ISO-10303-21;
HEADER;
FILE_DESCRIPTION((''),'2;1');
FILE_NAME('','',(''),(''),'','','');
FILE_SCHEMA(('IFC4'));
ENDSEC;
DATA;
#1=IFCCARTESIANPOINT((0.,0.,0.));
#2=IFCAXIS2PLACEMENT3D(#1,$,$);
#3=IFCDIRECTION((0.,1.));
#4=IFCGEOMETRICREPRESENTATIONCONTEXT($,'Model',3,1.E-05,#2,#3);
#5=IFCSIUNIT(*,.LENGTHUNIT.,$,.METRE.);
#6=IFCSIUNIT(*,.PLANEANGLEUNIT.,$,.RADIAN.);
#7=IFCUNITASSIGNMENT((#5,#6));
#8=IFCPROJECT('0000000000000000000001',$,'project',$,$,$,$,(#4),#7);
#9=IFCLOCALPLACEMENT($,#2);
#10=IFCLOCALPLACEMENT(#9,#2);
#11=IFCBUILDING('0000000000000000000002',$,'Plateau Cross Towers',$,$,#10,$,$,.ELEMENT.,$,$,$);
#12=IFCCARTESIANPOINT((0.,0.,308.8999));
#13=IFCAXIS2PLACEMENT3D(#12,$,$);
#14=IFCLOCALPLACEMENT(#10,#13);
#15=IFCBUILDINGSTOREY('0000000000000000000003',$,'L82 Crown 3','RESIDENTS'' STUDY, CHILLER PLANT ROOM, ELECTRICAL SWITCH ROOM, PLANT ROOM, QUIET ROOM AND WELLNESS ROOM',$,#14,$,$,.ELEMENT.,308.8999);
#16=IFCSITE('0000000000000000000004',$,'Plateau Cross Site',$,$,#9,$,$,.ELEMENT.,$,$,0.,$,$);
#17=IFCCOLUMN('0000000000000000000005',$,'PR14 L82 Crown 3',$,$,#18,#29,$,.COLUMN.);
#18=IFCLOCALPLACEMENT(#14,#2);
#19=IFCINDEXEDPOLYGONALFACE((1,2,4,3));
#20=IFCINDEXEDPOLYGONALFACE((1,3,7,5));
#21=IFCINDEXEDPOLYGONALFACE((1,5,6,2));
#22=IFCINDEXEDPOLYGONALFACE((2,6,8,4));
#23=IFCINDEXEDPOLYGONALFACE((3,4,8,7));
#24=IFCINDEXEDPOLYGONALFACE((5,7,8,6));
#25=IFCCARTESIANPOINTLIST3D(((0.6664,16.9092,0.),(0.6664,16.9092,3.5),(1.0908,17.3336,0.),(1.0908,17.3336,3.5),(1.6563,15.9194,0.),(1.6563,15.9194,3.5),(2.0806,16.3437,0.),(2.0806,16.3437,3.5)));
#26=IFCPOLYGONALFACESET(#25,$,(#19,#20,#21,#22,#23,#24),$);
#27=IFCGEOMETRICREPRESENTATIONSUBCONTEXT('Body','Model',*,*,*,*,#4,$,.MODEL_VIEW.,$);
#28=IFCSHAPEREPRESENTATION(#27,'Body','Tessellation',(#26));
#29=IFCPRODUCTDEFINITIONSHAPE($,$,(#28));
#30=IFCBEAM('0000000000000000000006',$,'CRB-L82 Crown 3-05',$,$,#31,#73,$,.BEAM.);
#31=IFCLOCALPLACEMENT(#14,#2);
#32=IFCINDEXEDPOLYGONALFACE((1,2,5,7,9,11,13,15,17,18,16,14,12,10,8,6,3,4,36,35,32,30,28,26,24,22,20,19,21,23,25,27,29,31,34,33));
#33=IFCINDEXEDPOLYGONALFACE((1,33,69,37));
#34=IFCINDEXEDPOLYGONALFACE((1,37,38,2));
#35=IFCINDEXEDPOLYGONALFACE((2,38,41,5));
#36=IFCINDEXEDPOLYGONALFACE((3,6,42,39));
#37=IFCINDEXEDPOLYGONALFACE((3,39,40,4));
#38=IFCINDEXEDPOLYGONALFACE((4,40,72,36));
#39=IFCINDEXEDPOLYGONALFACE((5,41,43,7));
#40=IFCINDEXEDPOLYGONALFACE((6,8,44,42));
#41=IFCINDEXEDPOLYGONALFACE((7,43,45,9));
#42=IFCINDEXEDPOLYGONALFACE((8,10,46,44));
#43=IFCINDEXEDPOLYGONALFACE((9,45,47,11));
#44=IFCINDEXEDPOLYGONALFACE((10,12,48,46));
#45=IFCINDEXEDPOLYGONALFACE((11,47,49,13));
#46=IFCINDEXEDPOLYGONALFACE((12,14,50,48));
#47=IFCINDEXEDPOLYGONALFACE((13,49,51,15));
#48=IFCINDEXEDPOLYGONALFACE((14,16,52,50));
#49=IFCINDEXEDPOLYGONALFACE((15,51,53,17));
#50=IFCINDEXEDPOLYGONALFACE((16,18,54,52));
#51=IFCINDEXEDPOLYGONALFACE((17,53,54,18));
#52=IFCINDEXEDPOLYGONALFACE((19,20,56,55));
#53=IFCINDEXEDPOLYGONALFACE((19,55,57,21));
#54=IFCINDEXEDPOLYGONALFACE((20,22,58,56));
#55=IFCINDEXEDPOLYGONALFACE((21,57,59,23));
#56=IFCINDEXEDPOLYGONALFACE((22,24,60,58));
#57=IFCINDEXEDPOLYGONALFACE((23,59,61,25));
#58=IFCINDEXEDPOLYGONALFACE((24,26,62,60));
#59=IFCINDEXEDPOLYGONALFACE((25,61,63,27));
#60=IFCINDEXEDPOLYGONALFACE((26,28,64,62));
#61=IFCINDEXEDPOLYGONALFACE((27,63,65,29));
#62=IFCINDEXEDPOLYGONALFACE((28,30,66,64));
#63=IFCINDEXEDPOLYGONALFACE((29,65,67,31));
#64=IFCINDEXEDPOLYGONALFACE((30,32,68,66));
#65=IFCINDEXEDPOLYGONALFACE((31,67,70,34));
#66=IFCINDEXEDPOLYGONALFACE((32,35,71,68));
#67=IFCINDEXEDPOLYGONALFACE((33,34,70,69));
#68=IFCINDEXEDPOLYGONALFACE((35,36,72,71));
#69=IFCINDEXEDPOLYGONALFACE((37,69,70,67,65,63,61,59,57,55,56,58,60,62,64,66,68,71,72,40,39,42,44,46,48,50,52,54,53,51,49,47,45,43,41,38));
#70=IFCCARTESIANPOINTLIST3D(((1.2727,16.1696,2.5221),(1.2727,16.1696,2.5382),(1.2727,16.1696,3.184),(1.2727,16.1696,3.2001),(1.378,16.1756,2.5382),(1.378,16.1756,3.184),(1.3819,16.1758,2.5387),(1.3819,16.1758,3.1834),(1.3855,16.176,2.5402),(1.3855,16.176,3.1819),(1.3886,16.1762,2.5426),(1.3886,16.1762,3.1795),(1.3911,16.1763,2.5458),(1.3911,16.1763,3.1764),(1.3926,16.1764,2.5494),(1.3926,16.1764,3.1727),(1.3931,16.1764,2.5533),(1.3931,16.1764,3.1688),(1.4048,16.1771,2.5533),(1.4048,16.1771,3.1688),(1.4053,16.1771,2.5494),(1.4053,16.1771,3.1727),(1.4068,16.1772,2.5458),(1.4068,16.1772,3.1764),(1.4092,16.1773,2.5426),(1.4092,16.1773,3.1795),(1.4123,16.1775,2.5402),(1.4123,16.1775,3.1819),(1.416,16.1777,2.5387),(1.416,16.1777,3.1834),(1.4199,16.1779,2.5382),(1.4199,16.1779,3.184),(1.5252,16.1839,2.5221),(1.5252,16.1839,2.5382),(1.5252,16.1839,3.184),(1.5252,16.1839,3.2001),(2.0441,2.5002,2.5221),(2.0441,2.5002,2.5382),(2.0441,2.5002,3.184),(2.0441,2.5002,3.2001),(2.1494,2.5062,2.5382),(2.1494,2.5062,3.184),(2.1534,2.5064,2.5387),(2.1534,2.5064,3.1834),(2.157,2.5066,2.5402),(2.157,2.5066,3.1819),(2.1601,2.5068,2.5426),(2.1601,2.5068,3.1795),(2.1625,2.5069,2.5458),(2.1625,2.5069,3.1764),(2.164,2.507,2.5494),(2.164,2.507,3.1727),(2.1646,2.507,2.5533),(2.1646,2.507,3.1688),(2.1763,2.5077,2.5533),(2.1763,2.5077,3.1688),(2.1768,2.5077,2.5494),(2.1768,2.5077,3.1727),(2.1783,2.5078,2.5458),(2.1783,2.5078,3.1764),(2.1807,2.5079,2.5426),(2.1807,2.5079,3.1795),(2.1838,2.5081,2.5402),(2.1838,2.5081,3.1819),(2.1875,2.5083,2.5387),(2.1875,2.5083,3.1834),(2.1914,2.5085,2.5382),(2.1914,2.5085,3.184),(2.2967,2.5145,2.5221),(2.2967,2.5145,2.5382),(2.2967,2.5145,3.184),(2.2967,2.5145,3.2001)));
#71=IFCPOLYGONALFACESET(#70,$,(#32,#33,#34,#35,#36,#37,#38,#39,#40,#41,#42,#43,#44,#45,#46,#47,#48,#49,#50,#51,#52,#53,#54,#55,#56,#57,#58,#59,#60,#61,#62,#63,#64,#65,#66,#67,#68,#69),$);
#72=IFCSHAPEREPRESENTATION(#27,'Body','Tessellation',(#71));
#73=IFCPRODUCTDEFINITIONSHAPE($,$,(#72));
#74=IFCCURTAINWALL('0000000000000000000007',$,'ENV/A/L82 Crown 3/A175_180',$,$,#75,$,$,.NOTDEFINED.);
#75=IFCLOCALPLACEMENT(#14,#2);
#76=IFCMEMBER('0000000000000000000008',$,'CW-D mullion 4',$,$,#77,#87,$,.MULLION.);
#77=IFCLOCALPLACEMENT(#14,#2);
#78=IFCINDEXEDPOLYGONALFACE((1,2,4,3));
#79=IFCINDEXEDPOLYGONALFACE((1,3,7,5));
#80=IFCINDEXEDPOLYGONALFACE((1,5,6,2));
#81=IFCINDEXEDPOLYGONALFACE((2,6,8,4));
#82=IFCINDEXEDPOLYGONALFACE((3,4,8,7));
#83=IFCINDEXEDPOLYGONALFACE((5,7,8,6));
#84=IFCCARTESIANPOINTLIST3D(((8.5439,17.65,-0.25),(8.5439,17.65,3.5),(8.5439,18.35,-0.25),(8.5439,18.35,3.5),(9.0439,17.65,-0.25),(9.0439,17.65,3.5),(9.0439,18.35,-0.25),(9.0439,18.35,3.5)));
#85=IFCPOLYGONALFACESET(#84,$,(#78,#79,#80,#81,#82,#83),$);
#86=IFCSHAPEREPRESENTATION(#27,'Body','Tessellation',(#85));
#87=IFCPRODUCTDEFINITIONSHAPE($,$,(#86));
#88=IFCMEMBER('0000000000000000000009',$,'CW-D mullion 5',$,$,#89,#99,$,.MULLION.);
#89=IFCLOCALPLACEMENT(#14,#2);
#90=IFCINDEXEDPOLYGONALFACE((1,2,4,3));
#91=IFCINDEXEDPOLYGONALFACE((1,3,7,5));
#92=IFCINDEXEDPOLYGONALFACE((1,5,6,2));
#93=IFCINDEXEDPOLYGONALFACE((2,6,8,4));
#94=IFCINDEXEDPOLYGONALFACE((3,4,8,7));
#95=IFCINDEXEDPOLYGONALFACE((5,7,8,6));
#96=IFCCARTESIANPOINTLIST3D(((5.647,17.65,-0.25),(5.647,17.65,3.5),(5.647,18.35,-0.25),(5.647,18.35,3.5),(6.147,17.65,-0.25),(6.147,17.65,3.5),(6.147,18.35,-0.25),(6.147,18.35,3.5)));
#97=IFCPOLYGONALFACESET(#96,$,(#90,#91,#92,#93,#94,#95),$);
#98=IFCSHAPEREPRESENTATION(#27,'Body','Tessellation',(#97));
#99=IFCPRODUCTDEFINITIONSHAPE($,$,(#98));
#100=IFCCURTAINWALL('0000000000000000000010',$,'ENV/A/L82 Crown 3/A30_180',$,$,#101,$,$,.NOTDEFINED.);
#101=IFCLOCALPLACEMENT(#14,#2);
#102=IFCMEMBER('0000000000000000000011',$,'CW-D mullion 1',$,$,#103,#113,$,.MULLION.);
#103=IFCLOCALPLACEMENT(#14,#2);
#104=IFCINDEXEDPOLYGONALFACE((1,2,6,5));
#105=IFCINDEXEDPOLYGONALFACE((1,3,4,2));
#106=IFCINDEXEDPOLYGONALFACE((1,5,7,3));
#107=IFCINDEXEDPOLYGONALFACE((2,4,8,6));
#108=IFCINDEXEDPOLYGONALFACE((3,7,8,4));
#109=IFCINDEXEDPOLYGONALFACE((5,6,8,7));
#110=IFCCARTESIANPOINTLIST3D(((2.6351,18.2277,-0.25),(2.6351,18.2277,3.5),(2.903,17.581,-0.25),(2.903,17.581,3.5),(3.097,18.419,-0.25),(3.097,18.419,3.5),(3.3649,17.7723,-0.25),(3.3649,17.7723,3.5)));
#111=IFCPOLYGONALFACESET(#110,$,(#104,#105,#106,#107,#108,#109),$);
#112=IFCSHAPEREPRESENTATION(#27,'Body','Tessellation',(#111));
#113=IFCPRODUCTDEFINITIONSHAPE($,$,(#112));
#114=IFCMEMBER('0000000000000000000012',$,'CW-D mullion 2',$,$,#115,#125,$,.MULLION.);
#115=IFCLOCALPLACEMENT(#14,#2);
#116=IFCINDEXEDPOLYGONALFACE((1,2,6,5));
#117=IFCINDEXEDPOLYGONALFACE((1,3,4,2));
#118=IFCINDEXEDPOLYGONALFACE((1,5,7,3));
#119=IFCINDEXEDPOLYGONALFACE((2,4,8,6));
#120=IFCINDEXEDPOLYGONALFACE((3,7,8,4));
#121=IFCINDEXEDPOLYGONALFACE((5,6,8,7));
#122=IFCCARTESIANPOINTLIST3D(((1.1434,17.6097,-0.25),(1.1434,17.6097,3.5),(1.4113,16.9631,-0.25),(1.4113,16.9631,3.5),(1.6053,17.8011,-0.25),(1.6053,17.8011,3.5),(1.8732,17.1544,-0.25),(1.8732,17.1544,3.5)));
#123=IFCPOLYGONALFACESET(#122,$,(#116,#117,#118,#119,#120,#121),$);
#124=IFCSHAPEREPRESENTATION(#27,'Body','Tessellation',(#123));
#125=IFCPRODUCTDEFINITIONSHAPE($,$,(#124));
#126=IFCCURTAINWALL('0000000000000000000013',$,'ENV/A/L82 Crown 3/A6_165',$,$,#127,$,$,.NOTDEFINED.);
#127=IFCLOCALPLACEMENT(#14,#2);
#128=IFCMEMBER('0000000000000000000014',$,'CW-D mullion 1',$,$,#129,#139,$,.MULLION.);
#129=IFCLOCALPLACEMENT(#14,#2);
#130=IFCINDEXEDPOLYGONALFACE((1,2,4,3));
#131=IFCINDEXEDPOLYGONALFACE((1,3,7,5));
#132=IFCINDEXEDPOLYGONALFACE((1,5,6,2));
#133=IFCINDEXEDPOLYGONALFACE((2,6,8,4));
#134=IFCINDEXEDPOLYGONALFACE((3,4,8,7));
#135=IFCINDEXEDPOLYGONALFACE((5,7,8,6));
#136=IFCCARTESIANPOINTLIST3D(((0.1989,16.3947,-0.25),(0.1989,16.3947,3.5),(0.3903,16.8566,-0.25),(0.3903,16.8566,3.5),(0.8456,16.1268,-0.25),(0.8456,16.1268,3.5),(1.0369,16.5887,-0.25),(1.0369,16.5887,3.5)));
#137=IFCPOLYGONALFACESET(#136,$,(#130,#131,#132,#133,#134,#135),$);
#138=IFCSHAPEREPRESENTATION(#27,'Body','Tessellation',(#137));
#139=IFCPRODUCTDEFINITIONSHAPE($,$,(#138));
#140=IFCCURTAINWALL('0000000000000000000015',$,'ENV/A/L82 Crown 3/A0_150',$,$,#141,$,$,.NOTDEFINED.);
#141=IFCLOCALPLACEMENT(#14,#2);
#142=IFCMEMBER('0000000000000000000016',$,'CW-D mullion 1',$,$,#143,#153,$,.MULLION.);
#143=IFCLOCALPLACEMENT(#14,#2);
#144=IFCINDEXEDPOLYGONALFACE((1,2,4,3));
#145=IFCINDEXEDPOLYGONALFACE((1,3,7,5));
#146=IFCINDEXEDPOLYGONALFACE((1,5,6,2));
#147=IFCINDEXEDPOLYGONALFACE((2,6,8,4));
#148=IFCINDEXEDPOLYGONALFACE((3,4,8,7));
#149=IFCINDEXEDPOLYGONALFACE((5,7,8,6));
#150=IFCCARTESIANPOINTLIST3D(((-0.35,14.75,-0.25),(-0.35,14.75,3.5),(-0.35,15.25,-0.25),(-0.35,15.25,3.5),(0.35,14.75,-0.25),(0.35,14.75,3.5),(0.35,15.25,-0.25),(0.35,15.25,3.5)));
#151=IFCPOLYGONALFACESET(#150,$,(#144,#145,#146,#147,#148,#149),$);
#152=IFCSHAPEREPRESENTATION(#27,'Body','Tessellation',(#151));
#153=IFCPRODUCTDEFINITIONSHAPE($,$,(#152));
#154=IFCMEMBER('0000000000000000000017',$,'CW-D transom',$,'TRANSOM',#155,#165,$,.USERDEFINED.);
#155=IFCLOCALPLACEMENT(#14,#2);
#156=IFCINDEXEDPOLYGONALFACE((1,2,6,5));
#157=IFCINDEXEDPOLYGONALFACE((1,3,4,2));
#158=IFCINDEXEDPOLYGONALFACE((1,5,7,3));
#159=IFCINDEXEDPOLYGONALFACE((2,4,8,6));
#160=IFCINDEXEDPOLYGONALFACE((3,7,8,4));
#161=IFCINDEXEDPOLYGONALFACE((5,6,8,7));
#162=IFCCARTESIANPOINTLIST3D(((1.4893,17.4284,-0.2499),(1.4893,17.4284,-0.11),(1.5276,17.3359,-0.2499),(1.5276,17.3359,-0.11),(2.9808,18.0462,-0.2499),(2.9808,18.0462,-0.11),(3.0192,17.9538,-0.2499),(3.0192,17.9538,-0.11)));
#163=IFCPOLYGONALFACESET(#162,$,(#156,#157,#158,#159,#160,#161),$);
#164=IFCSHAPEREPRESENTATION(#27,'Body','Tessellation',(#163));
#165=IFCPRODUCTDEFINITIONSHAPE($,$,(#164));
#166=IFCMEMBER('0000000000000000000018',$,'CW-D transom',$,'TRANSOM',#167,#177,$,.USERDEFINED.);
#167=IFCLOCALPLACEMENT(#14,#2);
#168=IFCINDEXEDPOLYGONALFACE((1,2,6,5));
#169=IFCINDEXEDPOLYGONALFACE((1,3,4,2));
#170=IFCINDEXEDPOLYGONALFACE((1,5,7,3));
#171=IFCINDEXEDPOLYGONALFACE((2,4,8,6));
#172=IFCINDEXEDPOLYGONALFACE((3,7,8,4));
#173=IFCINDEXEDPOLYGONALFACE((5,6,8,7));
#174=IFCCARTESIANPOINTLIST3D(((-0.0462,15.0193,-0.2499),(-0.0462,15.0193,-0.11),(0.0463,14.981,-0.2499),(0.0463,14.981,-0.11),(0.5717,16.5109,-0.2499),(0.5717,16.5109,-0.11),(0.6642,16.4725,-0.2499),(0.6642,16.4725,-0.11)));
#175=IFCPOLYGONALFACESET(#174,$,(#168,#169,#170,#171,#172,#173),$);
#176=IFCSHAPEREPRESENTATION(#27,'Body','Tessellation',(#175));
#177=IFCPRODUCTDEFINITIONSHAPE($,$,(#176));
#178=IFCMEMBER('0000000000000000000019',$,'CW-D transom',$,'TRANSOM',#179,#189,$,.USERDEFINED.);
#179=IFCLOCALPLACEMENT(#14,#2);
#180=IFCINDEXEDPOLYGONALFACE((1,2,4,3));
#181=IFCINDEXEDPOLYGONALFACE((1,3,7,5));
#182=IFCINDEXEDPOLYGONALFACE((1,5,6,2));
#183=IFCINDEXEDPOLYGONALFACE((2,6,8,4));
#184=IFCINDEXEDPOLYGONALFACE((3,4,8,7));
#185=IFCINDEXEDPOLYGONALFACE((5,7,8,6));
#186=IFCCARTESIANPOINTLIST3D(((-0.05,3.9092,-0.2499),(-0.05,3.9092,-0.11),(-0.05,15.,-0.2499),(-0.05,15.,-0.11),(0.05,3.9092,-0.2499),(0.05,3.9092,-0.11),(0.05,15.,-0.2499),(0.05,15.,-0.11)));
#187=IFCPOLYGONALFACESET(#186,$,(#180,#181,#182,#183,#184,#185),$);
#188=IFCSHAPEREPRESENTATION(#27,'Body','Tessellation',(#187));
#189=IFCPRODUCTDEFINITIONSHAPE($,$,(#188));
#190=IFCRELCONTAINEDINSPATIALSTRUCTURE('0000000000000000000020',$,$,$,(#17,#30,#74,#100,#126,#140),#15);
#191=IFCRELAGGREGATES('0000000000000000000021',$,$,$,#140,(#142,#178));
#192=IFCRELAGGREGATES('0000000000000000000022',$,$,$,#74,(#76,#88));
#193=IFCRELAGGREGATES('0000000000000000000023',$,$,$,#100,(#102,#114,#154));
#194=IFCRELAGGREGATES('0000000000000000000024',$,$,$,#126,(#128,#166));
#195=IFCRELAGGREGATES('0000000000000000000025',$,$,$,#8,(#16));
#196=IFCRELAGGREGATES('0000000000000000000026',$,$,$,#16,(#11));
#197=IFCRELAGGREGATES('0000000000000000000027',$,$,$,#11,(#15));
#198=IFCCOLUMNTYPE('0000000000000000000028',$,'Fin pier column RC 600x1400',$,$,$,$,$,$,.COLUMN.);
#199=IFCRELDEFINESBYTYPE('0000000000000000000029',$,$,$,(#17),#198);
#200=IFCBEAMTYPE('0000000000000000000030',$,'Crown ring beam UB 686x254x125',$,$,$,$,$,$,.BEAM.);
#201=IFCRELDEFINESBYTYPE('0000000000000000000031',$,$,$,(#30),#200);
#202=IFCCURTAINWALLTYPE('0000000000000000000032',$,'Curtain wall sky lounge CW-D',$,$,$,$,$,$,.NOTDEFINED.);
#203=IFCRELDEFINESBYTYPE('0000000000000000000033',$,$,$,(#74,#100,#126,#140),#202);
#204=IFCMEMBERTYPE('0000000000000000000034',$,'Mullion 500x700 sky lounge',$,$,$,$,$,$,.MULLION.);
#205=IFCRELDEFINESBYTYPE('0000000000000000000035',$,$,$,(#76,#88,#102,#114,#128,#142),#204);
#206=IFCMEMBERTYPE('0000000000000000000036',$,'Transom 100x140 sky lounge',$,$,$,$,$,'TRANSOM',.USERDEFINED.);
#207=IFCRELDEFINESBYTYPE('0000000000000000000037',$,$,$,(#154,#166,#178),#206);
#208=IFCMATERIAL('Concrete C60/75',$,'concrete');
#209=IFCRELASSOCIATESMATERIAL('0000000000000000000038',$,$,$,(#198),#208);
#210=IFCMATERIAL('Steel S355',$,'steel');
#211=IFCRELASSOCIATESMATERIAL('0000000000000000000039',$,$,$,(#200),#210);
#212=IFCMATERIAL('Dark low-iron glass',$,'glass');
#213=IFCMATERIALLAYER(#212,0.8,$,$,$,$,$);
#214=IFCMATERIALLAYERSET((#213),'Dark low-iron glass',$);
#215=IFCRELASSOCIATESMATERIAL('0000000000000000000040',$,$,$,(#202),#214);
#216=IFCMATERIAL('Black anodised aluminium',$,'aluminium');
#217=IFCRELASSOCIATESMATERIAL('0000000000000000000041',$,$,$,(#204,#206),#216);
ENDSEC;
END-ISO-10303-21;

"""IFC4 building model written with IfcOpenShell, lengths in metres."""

from ifc_helpers import new_model, si_unit, direction, frame, origin, origin_2d, place, context, subcontext, project, spatial, rectangle, i_section, extrude, material, layer, layer_set, material_profile, profile_set, type_object, element, aggregate, save


model = new_model("IFC4")

# Units and contexts
model_context = context("Model", 3, precision=1e-05, world=origin(), true_north=direction((0.0, 1.0)))
body_context = subcontext(model_context, "Body", "Model", "MODEL_VIEW")
ifc_project = project(units=[si_unit("LENGTHUNIT", "METRE"), si_unit("PLANEANGLEUNIT", "RADIAN")], contexts=[model_context])

# Site, building, storey
site_placement = place(None, origin())
site = spatial("IfcSite", under=ifc_project, at=site_placement, Name="Plateau Cross Site", CompositionType="ELEMENT", RefElevation=0.0)
building_placement = place(site_placement, origin())
building = spatial("IfcBuilding", under=site, at=building_placement, Name="Plateau Cross Towers", CompositionType="ELEMENT")
storey_placement = place(building_placement, frame((0.0, 0.0, 308.8999)))
storey = spatial("IfcBuildingStorey", under=building, at=storey_placement, Name="L82 Crown 3", Description="RESIDENTS' STUDY, CHILLER PLANT ROOM, ELECTRICAL SWITCH ROOM, PLANT ROOM, QUIET ROOM AND WELLNESS ROOM", CompositionType="ELEMENT", Elevation=308.8999)

# Column
ifc_material_1 = material(Name="Concrete C60/75", Category="concrete")
ifc_material_profile_1 = material_profile(ifc_material_1, rectangle(XDim=0.6001, YDim=1.3999, at=origin_2d()), Name="RC 600x1400")
ifc_profile_set_1 = profile_set([ifc_material_profile_1], Name="Concrete C60/75")
column_type = type_object("IfcColumnType", Name="Fin pier column RC 600x1400", PredefinedType="COLUMN", material=ifc_profile_set_1)
column_placement = place(storey_placement, frame((1.3735, 16.6265, 0.0), z_axis=(0.0, 0.0, 1.0), x_axis=(0.707107, 0.707107, 0.0)))
element("IfcColumn", 1, at=column_placement, inside=storey, type_object=column_type, Name="PR14 L82 Crown 3", PredefinedType="COLUMN", context=body_context, shape_type="SweptSolid", body=[
    extrude(rectangle(XDim=0.6001, YDim=1.3999, at=origin_2d()), origin(), (0.0, 0.0, 1.0), 3.5),
])

# Beam
ifc_material_2 = material(Name="Steel S355", Category="steel")
ifc_material_profile_2 = material_profile(ifc_material_2, i_section(OverallWidth=0.2529, OverallDepth=0.678, WebThickness=0.0117, FlangeThickness=0.0161, FilletRadius=0.0151, at=origin_2d()), Name="UB 686x254x125")
ifc_profile_set_2 = profile_set([ifc_material_profile_2], Name="Steel S355")
beam_type = type_object("IfcBeamType", Name="Crown ring beam UB 686x254x125", PredefinedType="BEAM", material=ifc_profile_set_2)
beam_placement = place(storey_placement, frame((1.3989, 16.1768, 2.8611), z_axis=(0.056349, -0.998411, 0.0), x_axis=(0.998411, 0.056349, 0.0)))
element("IfcBeam", 2, at=beam_placement, inside=storey, type_object=beam_type, Name="CRB-L82 Crown 3-05", PredefinedType="BEAM", context=body_context, shape_type="SweptSolid", body=[
    extrude(i_section(OverallWidth=0.2529, OverallDepth=0.678, WebThickness=0.0117, FlangeThickness=0.0161, FilletRadius=0.0151, at=origin_2d()), origin(), (0.0, 0.0, 1.0), 13.6912),
])

# Curtain walls, members
ifc_material_3 = material(Name="Dark low-iron glass", Category="glass")
ifc_layer_1 = layer(ifc_material_3, 0.8)
ifc_layer_set_1 = layer_set([ifc_layer_1], Name="Dark low-iron glass")
curtain_wall_type = type_object("IfcCurtainWallType", Name="Curtain wall sky lounge CW-D", PredefinedType="NOTDEFINED", material=ifc_layer_set_1)
curtain_wall_1_placement = place(storey_placement, origin())
curtain_wall_1 = element("IfcCurtainWall", 3, at=curtain_wall_1_placement, inside=storey, type_object=curtain_wall_type, Name="ENV/A/L82 Crown 3/A175_180", PredefinedType="NOTDEFINED")
ifc_material_4 = material(Name="Black anodised aluminium", Category="aluminium")
ifc_material_profile_3 = material_profile(ifc_material_4, rectangle(XDim=0.5, YDim=0.7, at=origin_2d()), Name="MULLION 500x700")
ifc_profile_set_3 = profile_set([ifc_material_profile_3], Name="Black anodised aluminium")
member_type_1 = type_object("IfcMemberType", Name="Mullion 500x700 sky lounge", PredefinedType="MULLION", material=ifc_profile_set_3)
member_1_placement = place(storey_placement, frame((8.7939, 18.0, -0.25), z_axis=(0.0, 0.0, 1.0), x_axis=(-1.0, 0.0, 0.0)))
member_1 = element("IfcMember", 4, at=member_1_placement, type_object=member_type_1, Name="CW-D mullion 4", PredefinedType="MULLION", context=body_context, shape_type="SweptSolid", body=[
    extrude(rectangle(XDim=0.5, YDim=0.7, at=origin_2d()), origin(), (0.0, 0.0, 1.0), 3.75),
])
member_2_placement = place(storey_placement, frame((5.897, 18.0, -0.25), z_axis=(0.0, 0.0, 1.0), x_axis=(-1.0, 0.0, 0.0)))
member_2 = element("IfcMember", 5, at=member_2_placement, type_object=member_type_1, Name="CW-D mullion 5", PredefinedType="MULLION", context=body_context, shape_type="SweptSolid", body=[
    extrude(rectangle(XDim=0.5, YDim=0.7, at=origin_2d()), origin(), (0.0, 0.0, 1.0), 3.75),
])
curtain_wall_2_placement = place(storey_placement, origin())
curtain_wall_2 = element("IfcCurtainWall", 6, at=curtain_wall_2_placement, inside=storey, type_object=curtain_wall_type, Name="ENV/A/L82 Crown 3/A30_180", PredefinedType="NOTDEFINED")
member_3_placement = place(storey_placement, frame((3.0, 18.0, -0.25), z_axis=(0.0, 0.0, 1.0), x_axis=(-0.923879, -0.382684, 0.0)))
member_3 = element("IfcMember", 7, at=member_3_placement, type_object=member_type_1, Name="CW-D mullion 1", PredefinedType="MULLION", context=body_context, shape_type="SweptSolid", body=[
    extrude(rectangle(XDim=0.5, YDim=0.7, at=origin_2d()), origin(), (0.0, 0.0, 1.0), 3.75),
])
member_4_placement = place(storey_placement, frame((1.5083, 17.3821, -0.25), z_axis=(0.0, 0.0, 1.0), x_axis=(-0.923879, -0.382684, 0.0)))
member_4 = element("IfcMember", 8, at=member_4_placement, type_object=member_type_1, Name="CW-D mullion 2", PredefinedType="MULLION", context=body_context, shape_type="SweptSolid", body=[
    extrude(rectangle(XDim=0.5, YDim=0.7, at=origin_2d()), origin(), (0.0, 0.0, 1.0), 3.75),
])

# Curtain walls, members
curtain_wall_3_placement = place(storey_placement, origin())
curtain_wall_3 = element("IfcCurtainWall", 9, at=curtain_wall_3_placement, inside=storey, type_object=curtain_wall_type, Name="ENV/A/L82 Crown 3/A6_165", PredefinedType="NOTDEFINED")
member_5_placement = place(storey_placement, frame((0.6179, 16.4917, -0.25), z_axis=(0.0, 0.0, 1.0), x_axis=(-0.382684, -0.923879, 0.0)))
member_5 = element("IfcMember", 10, at=member_5_placement, type_object=member_type_1, Name="CW-D mullion 1", PredefinedType="MULLION", context=body_context, shape_type="SweptSolid", body=[
    extrude(rectangle(XDim=0.5, YDim=0.7, at=origin_2d()), origin(), (0.0, 0.0, 1.0), 3.75),
])
curtain_wall_4_placement = place(storey_placement, origin())
curtain_wall_4 = element("IfcCurtainWall", 11, at=curtain_wall_4_placement, inside=storey, type_object=curtain_wall_type, Name="ENV/A/L82 Crown 3/A0_150", PredefinedType="NOTDEFINED")
member_6_placement = place(storey_placement, frame((0.0, 15.0, -0.25), z_axis=(0.0, 0.0, 1.0), x_axis=(0.0, -1.0, 0.0)))
member_6 = element("IfcMember", 12, at=member_6_placement, type_object=member_type_1, Name="CW-D mullion 1", PredefinedType="MULLION", context=body_context, shape_type="SweptSolid", body=[
    extrude(rectangle(XDim=0.5, YDim=0.7, at=origin_2d()), origin(), (0.0, 0.0, 1.0), 3.75),
])

# Members
ifc_material_profile_4 = material_profile(ifc_material_4, rectangle(XDim=0.1001, YDim=0.1399, at=origin_2d()), Name="TRANSOM 100x140")
ifc_profile_set_4 = profile_set([ifc_material_profile_4], Name="Black anodised aluminium")
member_type_2 = type_object("IfcMemberType", Name="Transom 100x140 sky lounge", ElementType="TRANSOM", PredefinedType="USERDEFINED", material=ifc_profile_set_4)
member_7_placement = place(storey_placement, frame((3.0, 18.0, -0.1799), z_axis=(-0.923871, -0.382703, 0.0), x_axis=(0.382703, -0.923871, 0.0)))
member_7 = element("IfcMember", 13, at=member_7_placement, type_object=member_type_2, Name="CW-D transom", ObjectType="TRANSOM", PredefinedType="USERDEFINED", context=body_context, shape_type="SweptSolid", body=[
    extrude(rectangle(XDim=0.1001, YDim=0.1399, at=origin_2d()), origin(), (0.0, 0.0, 1.0), 1.6145),
])
member_8_placement = place(storey_placement, frame((0.6179, 16.4917, -0.1799), z_axis=(-0.382703, -0.923871, 0.0), x_axis=(0.923871, -0.382703, 0.0)))
member_8 = element("IfcMember", 14, at=member_8_placement, type_object=member_type_2, Name="CW-D transom", ObjectType="TRANSOM", PredefinedType="USERDEFINED", context=body_context, shape_type="SweptSolid", body=[
    extrude(rectangle(XDim=0.1001, YDim=0.1399, at=origin_2d()), origin(), (0.0, 0.0, 1.0), 1.6145),
])
member_9_placement = place(storey_placement, frame((0.0, 15.0, -0.1799), z_axis=(0.0, -1.0, 0.0), x_axis=(1.0, 0.0, 0.0)))
member_9 = element("IfcMember", 15, at=member_9_placement, type_object=member_type_2, Name="CW-D transom", ObjectType="TRANSOM", PredefinedType="USERDEFINED", context=body_context, shape_type="SweptSolid", body=[
    extrude(rectangle(XDim=0.1001, YDim=0.1399, at=origin_2d()), origin(), (0.0, 0.0, 1.0), 11.0908),
])
aggregate(curtain_wall_4, [member_6, member_9])

aggregate(curtain_wall_1, [member_1, member_2])
aggregate(curtain_wall_2, [member_3, member_4, member_7])
aggregate(curtain_wall_3, [member_5, member_8])

save(model, "model.ifc")
